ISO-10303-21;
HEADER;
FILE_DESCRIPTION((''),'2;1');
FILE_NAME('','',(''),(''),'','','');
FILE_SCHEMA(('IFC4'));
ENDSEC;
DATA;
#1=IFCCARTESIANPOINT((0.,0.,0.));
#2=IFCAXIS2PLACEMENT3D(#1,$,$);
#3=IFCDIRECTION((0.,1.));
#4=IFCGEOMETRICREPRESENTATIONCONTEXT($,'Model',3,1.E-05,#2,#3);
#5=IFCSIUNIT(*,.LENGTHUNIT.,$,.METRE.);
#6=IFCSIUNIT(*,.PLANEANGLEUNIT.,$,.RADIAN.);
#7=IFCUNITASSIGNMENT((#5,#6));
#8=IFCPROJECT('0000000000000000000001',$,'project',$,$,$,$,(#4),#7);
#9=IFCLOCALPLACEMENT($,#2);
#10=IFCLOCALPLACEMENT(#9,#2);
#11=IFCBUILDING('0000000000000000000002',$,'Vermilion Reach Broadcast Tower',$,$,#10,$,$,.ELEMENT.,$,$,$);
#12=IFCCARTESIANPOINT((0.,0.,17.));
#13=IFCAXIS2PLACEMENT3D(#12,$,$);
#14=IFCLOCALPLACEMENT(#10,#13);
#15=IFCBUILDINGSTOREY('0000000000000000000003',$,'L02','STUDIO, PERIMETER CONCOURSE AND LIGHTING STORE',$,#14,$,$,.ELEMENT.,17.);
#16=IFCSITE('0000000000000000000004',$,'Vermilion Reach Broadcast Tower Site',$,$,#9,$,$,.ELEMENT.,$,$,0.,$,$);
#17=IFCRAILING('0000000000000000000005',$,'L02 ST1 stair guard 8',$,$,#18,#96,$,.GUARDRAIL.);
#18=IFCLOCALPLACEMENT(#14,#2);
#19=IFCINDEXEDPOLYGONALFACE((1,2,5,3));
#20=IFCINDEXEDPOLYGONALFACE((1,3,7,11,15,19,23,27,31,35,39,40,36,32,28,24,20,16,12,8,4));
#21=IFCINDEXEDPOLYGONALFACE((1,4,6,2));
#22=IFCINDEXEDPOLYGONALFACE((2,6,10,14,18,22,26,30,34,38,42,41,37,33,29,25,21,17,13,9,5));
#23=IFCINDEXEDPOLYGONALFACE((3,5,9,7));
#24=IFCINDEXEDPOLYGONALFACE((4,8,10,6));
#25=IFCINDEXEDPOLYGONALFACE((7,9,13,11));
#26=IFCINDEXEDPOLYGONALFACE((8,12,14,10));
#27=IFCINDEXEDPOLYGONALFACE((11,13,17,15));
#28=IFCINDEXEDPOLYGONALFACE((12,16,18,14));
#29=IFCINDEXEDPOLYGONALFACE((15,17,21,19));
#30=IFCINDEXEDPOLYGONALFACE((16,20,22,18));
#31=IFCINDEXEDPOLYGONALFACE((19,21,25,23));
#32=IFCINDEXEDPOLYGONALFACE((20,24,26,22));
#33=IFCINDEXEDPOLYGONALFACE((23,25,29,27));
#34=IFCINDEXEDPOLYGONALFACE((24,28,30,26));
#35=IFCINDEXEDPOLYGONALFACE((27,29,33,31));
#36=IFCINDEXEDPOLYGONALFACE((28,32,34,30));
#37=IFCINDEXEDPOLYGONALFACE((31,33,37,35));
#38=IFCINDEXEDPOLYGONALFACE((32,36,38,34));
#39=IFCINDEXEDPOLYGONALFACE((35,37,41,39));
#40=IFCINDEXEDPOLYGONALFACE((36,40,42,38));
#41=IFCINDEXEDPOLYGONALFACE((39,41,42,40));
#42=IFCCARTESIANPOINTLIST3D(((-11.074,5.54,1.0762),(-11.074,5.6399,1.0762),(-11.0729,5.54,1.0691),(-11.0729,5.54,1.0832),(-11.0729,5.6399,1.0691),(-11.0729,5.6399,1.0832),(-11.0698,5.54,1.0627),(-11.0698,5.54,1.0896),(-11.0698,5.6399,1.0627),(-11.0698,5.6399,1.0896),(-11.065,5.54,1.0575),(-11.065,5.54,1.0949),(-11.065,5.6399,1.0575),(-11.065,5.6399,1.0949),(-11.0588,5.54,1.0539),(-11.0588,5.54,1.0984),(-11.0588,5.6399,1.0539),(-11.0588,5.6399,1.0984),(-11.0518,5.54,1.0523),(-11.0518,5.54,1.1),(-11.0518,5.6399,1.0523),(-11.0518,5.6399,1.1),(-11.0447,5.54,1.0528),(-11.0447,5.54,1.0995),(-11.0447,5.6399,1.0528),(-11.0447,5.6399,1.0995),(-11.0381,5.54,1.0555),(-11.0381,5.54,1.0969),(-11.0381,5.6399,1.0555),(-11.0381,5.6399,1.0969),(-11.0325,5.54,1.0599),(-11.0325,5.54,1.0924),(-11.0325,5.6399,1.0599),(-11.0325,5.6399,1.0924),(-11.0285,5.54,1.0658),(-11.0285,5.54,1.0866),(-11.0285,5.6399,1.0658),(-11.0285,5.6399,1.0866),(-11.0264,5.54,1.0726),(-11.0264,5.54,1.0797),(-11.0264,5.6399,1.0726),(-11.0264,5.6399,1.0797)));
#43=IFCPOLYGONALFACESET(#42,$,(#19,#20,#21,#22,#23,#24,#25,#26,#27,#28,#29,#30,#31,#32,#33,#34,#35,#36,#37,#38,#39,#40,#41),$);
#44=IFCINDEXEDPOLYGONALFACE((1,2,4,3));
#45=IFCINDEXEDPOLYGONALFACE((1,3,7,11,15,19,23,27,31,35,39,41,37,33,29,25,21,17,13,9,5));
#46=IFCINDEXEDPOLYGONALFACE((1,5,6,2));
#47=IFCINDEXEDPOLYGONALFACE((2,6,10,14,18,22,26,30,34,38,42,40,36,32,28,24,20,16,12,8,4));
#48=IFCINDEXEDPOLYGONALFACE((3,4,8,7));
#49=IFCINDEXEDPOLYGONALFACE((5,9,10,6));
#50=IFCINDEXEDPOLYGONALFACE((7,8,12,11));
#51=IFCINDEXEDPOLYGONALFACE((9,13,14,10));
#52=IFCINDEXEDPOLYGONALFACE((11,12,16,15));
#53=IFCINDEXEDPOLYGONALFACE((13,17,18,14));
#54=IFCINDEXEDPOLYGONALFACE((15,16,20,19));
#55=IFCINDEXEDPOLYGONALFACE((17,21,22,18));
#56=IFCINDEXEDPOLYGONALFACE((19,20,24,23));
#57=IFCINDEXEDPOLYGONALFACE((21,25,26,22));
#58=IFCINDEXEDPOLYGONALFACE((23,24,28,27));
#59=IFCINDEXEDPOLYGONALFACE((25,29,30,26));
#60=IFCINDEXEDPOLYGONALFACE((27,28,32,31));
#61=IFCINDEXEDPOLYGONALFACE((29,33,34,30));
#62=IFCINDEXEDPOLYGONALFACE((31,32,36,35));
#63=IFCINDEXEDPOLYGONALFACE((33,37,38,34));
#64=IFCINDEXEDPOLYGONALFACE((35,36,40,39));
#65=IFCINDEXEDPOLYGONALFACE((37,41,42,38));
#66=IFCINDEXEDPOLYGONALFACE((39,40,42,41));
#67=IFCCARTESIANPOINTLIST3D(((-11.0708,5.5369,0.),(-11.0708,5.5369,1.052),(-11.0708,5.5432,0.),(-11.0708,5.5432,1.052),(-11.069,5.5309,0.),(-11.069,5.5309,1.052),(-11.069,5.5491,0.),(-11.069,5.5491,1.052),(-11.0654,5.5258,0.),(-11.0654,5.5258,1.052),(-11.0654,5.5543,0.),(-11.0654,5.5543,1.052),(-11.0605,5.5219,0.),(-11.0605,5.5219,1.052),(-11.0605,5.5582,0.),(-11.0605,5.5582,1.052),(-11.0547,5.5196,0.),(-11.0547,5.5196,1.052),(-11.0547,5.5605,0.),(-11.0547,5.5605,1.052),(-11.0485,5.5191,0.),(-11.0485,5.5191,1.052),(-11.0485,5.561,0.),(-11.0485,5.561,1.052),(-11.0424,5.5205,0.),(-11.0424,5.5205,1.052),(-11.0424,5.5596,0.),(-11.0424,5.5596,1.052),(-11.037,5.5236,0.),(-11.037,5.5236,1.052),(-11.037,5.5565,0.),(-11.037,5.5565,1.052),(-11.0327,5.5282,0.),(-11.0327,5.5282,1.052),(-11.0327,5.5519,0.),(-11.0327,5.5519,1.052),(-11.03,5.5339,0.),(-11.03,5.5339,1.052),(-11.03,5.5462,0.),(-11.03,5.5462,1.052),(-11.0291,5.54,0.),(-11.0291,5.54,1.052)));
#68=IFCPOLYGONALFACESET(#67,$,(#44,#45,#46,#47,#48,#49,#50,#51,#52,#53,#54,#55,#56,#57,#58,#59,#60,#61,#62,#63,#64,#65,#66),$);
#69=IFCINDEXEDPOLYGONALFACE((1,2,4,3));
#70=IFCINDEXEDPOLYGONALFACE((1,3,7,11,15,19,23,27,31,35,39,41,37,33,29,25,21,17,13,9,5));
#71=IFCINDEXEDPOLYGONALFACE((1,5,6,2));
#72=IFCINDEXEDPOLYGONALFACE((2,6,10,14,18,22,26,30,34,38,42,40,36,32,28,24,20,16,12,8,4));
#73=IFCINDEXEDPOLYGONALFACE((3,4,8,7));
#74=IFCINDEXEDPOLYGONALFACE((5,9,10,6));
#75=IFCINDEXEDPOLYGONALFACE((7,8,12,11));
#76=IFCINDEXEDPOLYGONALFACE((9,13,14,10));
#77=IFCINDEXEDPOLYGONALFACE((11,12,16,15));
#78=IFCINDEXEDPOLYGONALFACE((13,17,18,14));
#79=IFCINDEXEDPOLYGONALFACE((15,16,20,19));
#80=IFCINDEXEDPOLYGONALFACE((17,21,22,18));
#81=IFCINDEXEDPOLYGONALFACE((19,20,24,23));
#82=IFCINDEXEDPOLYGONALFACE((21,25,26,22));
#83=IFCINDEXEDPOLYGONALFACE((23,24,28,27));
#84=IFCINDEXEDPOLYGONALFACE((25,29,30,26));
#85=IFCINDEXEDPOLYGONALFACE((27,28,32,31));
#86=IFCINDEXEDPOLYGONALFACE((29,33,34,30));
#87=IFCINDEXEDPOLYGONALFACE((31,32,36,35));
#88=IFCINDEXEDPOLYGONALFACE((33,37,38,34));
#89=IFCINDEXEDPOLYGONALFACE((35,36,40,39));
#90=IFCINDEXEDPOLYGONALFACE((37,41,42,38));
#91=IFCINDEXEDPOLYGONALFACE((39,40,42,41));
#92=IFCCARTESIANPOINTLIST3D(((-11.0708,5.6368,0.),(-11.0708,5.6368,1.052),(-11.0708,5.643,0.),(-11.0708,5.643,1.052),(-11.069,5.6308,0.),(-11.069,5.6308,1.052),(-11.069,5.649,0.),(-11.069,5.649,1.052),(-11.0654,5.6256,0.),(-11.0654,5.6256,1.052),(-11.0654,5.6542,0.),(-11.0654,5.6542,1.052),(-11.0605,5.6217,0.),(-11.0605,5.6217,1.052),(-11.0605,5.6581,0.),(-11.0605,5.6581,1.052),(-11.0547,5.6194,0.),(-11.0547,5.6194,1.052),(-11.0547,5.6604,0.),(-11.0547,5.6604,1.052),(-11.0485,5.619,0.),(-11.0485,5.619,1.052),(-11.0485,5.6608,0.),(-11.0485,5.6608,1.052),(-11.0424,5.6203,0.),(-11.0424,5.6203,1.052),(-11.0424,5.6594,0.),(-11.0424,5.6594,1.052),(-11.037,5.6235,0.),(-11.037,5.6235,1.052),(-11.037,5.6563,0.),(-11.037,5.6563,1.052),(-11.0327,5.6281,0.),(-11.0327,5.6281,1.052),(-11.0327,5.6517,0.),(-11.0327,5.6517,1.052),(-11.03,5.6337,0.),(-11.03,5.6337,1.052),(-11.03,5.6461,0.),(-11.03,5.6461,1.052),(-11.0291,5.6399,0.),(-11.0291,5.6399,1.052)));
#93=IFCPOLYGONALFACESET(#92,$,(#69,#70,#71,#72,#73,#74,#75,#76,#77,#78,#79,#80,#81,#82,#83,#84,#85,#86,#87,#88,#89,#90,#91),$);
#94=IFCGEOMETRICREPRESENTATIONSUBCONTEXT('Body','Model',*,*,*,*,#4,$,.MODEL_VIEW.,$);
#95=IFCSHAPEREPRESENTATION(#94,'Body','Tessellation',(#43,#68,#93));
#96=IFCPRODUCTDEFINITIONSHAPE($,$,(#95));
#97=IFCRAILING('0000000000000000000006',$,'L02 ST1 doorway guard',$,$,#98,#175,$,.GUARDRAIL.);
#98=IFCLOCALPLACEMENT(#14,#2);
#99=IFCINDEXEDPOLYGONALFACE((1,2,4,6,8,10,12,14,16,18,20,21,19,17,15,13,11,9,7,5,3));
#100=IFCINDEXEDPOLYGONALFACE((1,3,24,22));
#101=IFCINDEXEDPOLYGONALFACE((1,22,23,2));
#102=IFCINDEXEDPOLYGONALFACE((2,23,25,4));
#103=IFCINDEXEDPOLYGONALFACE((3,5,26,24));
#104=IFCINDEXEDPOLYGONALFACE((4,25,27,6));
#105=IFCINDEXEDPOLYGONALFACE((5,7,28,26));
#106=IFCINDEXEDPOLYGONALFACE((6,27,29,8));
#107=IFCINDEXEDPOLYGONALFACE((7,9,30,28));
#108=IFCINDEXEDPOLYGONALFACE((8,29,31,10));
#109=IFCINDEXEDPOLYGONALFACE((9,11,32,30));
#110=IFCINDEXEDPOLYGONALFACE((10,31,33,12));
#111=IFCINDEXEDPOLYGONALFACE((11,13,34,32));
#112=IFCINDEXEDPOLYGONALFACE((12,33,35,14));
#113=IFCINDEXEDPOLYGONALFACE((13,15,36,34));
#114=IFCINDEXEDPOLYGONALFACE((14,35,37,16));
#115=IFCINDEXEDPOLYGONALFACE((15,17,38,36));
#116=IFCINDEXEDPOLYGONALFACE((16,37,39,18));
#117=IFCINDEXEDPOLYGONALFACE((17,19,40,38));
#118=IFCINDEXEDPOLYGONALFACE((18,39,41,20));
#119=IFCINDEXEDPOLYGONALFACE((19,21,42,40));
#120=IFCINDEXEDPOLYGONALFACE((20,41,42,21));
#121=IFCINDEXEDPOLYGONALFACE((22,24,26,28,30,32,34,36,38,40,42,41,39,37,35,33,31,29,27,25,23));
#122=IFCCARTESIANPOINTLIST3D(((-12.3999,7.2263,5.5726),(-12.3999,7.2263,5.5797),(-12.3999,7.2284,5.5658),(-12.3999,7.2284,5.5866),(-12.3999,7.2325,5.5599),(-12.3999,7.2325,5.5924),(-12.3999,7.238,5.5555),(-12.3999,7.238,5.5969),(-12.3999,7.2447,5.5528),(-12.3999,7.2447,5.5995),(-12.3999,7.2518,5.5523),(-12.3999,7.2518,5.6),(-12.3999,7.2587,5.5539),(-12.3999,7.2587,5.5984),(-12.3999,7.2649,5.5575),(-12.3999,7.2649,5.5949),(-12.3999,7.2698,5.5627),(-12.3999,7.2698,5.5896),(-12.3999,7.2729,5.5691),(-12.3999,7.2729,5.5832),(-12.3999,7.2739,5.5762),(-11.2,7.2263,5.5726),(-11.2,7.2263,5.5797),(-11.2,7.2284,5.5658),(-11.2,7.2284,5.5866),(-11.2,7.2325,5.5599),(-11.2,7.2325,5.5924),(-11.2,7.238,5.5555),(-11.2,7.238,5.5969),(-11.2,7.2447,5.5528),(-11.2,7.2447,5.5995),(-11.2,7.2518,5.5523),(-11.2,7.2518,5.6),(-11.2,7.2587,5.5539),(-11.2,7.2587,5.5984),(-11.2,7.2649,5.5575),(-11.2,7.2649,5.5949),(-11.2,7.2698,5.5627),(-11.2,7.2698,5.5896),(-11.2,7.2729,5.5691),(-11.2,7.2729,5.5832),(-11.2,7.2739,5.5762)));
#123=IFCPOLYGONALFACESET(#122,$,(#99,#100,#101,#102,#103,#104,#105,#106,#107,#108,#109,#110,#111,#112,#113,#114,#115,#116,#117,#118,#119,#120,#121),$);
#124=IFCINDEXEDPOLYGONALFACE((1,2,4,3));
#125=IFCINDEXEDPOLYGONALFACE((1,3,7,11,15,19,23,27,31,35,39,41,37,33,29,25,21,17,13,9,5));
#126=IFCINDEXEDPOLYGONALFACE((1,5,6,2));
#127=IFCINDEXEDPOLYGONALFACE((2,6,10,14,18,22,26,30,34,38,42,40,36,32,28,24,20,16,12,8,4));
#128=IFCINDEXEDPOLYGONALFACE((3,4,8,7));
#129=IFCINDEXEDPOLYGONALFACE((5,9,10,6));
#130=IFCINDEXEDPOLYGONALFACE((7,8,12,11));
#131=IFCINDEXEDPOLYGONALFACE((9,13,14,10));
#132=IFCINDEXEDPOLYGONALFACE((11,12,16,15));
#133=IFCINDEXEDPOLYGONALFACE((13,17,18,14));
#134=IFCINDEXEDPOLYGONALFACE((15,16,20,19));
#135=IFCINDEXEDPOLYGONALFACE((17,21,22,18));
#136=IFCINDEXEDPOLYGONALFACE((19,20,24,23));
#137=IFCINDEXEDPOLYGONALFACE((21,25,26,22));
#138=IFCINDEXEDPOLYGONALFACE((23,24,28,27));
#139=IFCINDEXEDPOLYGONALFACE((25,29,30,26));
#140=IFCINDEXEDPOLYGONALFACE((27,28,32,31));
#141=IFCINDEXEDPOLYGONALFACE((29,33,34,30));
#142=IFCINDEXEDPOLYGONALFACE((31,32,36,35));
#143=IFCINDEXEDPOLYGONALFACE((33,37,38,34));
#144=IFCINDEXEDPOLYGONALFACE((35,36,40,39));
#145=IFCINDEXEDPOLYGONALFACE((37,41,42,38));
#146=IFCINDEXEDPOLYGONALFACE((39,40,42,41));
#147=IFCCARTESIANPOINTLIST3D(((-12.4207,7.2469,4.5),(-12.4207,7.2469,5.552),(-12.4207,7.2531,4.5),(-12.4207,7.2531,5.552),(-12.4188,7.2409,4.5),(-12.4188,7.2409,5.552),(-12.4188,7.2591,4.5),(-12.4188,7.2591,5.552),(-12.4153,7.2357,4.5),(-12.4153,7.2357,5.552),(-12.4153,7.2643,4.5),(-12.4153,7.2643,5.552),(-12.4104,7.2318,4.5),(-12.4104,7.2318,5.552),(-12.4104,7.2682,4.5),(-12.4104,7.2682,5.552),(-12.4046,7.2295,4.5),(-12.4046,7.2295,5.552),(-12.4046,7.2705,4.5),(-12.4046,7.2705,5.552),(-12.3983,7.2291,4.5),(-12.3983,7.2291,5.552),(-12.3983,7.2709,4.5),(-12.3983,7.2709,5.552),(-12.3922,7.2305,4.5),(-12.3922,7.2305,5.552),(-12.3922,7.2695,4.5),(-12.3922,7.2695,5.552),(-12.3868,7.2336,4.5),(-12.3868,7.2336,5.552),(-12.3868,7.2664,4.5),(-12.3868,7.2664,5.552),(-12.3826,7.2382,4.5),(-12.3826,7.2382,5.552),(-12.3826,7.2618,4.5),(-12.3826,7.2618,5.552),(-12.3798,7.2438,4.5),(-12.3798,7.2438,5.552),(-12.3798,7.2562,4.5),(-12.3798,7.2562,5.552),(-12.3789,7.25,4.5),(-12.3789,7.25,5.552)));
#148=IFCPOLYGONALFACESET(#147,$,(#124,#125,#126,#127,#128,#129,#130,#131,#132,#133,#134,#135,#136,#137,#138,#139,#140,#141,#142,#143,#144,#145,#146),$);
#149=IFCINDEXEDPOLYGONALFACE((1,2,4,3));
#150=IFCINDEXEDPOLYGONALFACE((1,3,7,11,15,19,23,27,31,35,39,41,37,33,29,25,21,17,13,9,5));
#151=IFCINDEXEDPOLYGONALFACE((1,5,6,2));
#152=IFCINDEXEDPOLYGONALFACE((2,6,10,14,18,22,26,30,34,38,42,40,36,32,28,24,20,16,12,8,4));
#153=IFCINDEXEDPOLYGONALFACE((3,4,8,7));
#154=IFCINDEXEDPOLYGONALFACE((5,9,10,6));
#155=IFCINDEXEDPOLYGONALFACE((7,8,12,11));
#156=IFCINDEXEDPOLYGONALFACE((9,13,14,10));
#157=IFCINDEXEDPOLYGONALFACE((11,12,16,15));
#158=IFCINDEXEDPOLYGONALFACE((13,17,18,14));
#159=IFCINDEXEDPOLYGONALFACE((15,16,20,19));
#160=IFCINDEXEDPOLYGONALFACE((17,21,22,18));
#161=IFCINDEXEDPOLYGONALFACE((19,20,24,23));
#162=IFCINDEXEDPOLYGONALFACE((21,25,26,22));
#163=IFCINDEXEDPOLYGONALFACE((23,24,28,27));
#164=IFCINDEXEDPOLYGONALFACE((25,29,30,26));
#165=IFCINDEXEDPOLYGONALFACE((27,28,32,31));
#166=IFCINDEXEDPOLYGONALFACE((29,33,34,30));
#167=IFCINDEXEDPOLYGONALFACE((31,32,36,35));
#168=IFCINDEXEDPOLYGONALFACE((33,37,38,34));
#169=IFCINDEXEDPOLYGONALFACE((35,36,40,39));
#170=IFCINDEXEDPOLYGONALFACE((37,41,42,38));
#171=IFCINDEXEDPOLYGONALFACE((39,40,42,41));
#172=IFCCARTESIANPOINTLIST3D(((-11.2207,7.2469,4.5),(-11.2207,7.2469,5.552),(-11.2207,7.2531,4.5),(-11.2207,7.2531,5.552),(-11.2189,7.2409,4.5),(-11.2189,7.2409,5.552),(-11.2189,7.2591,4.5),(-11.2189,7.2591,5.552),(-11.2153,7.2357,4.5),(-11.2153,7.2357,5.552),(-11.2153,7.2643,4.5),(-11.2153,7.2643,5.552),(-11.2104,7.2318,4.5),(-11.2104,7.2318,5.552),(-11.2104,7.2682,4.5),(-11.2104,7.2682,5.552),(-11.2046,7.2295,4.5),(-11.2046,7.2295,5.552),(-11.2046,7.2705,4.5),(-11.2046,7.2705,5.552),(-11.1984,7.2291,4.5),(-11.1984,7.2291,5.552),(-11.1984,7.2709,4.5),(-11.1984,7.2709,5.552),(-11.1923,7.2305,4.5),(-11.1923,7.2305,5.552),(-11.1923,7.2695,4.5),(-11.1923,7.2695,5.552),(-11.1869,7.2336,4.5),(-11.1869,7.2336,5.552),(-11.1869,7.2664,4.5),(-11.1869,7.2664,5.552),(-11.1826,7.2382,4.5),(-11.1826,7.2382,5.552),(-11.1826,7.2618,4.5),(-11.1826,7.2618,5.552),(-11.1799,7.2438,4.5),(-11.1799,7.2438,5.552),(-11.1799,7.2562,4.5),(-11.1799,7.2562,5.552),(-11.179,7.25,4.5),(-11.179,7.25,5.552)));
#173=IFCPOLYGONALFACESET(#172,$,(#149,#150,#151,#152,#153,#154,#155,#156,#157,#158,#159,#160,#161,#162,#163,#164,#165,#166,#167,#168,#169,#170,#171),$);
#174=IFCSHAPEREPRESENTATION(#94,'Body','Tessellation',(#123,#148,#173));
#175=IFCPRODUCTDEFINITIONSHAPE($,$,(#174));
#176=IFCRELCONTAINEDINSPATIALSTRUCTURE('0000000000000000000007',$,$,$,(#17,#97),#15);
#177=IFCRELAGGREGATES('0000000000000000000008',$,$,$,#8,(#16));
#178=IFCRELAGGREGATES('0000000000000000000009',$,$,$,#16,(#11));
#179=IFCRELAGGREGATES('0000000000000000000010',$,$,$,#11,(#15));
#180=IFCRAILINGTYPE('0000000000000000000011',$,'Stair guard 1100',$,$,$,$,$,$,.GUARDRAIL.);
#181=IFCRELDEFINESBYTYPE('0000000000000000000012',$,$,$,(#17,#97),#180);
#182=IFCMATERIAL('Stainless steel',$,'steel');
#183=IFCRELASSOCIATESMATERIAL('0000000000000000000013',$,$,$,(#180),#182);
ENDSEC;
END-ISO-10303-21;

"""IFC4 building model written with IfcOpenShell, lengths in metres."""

from ifc_helpers import new_model, si_unit, direction, frame, origin, origin_2d, place, context, subcontext, project, spatial, circle, extrude, material, type_object, element, save


model = new_model("IFC4")

# Units and contexts
model_context = context("Model", 3, precision=1e-05, world=origin(), true_north=direction((0.0, 1.0)))
body_context = subcontext(model_context, "Body", "Model", "MODEL_VIEW")
ifc_project = project(units=[si_unit("LENGTHUNIT", "METRE"), si_unit("PLANEANGLEUNIT", "RADIAN")], contexts=[model_context])

# Site, building, storey
site_placement = place(None, origin())
site = spatial("IfcSite", under=ifc_project, at=site_placement, Name="Vermilion Reach Broadcast Tower Site", CompositionType="ELEMENT", RefElevation=0.0)
building_placement = place(site_placement, origin())
building = spatial("IfcBuilding", under=site, at=building_placement, Name="Vermilion Reach Broadcast Tower", CompositionType="ELEMENT")
storey_placement = place(building_placement, frame((0.0, 0.0, 17.0)))
storey = spatial("IfcBuildingStorey", under=building, at=storey_placement, Name="L02", Description="STUDIO, PERIMETER CONCOURSE AND LIGHTING STORE", CompositionType="ELEMENT", Elevation=17.0)

# Railings
ifc_material_1 = material(Name="Stainless steel", Category="steel")
railing_type_1 = type_object("IfcRailingType", Name="Stair guard 1100", PredefinedType="GUARDRAIL", material=ifc_material_1)
railing_1_placement = place(storey_placement, frame((-11.05, 5.54, 0.0)))
element("IfcRailing", 1, at=railing_1_placement, inside=storey, type_object=railing_type_1, Name="L02 ST1 stair guard 8", PredefinedType="GUARDRAIL", context=body_context, shape_type="SweptSolid", body=[
    extrude(circle(Radius=0.0239, at=origin_2d()), frame((0.0, 0.0, 1.0762), z_axis=(0.0, 1.0, 0.0), x_axis=(-1.0, 0.0, 0.0)), (0.0, 0.0, 1.0), 0.0999),
    extrude(circle(Radius=0.021, at=origin_2d()), origin(), (0.0, 0.0, 1.0), 1.052),
    extrude(circle(Radius=0.021, at=origin_2d()), frame((0.0, 0.0999, 0.0)), (0.0, 0.0, 1.0), 1.052),
])
railing_2_placement = place(storey_placement, frame((-12.3999, 7.25, 4.5)))
element("IfcRailing", 2, at=railing_2_placement, inside=storey, type_object=railing_type_1, Name="L02 ST1 doorway guard", PredefinedType="GUARDRAIL", context=body_context, shape_type="SweptSolid", body=[
    extrude(circle(Radius=0.0239, at=origin_2d()), frame((0.0, 0.0, 1.0762), z_axis=(1.0, 0.0, 0.0), x_axis=(0.0, 1.0, 0.0)), (0.0, 0.0, 1.0), 1.2),
    extrude(circle(Radius=0.021, at=origin_2d()), origin(), (0.0, 0.0, 1.0), 1.052),
    extrude(circle(Radius=0.021, at=origin_2d()), frame((1.2, 0.0, 0.0)), (0.0, 0.0, 1.0), 1.052),
])

save(model, "model.ifc")
